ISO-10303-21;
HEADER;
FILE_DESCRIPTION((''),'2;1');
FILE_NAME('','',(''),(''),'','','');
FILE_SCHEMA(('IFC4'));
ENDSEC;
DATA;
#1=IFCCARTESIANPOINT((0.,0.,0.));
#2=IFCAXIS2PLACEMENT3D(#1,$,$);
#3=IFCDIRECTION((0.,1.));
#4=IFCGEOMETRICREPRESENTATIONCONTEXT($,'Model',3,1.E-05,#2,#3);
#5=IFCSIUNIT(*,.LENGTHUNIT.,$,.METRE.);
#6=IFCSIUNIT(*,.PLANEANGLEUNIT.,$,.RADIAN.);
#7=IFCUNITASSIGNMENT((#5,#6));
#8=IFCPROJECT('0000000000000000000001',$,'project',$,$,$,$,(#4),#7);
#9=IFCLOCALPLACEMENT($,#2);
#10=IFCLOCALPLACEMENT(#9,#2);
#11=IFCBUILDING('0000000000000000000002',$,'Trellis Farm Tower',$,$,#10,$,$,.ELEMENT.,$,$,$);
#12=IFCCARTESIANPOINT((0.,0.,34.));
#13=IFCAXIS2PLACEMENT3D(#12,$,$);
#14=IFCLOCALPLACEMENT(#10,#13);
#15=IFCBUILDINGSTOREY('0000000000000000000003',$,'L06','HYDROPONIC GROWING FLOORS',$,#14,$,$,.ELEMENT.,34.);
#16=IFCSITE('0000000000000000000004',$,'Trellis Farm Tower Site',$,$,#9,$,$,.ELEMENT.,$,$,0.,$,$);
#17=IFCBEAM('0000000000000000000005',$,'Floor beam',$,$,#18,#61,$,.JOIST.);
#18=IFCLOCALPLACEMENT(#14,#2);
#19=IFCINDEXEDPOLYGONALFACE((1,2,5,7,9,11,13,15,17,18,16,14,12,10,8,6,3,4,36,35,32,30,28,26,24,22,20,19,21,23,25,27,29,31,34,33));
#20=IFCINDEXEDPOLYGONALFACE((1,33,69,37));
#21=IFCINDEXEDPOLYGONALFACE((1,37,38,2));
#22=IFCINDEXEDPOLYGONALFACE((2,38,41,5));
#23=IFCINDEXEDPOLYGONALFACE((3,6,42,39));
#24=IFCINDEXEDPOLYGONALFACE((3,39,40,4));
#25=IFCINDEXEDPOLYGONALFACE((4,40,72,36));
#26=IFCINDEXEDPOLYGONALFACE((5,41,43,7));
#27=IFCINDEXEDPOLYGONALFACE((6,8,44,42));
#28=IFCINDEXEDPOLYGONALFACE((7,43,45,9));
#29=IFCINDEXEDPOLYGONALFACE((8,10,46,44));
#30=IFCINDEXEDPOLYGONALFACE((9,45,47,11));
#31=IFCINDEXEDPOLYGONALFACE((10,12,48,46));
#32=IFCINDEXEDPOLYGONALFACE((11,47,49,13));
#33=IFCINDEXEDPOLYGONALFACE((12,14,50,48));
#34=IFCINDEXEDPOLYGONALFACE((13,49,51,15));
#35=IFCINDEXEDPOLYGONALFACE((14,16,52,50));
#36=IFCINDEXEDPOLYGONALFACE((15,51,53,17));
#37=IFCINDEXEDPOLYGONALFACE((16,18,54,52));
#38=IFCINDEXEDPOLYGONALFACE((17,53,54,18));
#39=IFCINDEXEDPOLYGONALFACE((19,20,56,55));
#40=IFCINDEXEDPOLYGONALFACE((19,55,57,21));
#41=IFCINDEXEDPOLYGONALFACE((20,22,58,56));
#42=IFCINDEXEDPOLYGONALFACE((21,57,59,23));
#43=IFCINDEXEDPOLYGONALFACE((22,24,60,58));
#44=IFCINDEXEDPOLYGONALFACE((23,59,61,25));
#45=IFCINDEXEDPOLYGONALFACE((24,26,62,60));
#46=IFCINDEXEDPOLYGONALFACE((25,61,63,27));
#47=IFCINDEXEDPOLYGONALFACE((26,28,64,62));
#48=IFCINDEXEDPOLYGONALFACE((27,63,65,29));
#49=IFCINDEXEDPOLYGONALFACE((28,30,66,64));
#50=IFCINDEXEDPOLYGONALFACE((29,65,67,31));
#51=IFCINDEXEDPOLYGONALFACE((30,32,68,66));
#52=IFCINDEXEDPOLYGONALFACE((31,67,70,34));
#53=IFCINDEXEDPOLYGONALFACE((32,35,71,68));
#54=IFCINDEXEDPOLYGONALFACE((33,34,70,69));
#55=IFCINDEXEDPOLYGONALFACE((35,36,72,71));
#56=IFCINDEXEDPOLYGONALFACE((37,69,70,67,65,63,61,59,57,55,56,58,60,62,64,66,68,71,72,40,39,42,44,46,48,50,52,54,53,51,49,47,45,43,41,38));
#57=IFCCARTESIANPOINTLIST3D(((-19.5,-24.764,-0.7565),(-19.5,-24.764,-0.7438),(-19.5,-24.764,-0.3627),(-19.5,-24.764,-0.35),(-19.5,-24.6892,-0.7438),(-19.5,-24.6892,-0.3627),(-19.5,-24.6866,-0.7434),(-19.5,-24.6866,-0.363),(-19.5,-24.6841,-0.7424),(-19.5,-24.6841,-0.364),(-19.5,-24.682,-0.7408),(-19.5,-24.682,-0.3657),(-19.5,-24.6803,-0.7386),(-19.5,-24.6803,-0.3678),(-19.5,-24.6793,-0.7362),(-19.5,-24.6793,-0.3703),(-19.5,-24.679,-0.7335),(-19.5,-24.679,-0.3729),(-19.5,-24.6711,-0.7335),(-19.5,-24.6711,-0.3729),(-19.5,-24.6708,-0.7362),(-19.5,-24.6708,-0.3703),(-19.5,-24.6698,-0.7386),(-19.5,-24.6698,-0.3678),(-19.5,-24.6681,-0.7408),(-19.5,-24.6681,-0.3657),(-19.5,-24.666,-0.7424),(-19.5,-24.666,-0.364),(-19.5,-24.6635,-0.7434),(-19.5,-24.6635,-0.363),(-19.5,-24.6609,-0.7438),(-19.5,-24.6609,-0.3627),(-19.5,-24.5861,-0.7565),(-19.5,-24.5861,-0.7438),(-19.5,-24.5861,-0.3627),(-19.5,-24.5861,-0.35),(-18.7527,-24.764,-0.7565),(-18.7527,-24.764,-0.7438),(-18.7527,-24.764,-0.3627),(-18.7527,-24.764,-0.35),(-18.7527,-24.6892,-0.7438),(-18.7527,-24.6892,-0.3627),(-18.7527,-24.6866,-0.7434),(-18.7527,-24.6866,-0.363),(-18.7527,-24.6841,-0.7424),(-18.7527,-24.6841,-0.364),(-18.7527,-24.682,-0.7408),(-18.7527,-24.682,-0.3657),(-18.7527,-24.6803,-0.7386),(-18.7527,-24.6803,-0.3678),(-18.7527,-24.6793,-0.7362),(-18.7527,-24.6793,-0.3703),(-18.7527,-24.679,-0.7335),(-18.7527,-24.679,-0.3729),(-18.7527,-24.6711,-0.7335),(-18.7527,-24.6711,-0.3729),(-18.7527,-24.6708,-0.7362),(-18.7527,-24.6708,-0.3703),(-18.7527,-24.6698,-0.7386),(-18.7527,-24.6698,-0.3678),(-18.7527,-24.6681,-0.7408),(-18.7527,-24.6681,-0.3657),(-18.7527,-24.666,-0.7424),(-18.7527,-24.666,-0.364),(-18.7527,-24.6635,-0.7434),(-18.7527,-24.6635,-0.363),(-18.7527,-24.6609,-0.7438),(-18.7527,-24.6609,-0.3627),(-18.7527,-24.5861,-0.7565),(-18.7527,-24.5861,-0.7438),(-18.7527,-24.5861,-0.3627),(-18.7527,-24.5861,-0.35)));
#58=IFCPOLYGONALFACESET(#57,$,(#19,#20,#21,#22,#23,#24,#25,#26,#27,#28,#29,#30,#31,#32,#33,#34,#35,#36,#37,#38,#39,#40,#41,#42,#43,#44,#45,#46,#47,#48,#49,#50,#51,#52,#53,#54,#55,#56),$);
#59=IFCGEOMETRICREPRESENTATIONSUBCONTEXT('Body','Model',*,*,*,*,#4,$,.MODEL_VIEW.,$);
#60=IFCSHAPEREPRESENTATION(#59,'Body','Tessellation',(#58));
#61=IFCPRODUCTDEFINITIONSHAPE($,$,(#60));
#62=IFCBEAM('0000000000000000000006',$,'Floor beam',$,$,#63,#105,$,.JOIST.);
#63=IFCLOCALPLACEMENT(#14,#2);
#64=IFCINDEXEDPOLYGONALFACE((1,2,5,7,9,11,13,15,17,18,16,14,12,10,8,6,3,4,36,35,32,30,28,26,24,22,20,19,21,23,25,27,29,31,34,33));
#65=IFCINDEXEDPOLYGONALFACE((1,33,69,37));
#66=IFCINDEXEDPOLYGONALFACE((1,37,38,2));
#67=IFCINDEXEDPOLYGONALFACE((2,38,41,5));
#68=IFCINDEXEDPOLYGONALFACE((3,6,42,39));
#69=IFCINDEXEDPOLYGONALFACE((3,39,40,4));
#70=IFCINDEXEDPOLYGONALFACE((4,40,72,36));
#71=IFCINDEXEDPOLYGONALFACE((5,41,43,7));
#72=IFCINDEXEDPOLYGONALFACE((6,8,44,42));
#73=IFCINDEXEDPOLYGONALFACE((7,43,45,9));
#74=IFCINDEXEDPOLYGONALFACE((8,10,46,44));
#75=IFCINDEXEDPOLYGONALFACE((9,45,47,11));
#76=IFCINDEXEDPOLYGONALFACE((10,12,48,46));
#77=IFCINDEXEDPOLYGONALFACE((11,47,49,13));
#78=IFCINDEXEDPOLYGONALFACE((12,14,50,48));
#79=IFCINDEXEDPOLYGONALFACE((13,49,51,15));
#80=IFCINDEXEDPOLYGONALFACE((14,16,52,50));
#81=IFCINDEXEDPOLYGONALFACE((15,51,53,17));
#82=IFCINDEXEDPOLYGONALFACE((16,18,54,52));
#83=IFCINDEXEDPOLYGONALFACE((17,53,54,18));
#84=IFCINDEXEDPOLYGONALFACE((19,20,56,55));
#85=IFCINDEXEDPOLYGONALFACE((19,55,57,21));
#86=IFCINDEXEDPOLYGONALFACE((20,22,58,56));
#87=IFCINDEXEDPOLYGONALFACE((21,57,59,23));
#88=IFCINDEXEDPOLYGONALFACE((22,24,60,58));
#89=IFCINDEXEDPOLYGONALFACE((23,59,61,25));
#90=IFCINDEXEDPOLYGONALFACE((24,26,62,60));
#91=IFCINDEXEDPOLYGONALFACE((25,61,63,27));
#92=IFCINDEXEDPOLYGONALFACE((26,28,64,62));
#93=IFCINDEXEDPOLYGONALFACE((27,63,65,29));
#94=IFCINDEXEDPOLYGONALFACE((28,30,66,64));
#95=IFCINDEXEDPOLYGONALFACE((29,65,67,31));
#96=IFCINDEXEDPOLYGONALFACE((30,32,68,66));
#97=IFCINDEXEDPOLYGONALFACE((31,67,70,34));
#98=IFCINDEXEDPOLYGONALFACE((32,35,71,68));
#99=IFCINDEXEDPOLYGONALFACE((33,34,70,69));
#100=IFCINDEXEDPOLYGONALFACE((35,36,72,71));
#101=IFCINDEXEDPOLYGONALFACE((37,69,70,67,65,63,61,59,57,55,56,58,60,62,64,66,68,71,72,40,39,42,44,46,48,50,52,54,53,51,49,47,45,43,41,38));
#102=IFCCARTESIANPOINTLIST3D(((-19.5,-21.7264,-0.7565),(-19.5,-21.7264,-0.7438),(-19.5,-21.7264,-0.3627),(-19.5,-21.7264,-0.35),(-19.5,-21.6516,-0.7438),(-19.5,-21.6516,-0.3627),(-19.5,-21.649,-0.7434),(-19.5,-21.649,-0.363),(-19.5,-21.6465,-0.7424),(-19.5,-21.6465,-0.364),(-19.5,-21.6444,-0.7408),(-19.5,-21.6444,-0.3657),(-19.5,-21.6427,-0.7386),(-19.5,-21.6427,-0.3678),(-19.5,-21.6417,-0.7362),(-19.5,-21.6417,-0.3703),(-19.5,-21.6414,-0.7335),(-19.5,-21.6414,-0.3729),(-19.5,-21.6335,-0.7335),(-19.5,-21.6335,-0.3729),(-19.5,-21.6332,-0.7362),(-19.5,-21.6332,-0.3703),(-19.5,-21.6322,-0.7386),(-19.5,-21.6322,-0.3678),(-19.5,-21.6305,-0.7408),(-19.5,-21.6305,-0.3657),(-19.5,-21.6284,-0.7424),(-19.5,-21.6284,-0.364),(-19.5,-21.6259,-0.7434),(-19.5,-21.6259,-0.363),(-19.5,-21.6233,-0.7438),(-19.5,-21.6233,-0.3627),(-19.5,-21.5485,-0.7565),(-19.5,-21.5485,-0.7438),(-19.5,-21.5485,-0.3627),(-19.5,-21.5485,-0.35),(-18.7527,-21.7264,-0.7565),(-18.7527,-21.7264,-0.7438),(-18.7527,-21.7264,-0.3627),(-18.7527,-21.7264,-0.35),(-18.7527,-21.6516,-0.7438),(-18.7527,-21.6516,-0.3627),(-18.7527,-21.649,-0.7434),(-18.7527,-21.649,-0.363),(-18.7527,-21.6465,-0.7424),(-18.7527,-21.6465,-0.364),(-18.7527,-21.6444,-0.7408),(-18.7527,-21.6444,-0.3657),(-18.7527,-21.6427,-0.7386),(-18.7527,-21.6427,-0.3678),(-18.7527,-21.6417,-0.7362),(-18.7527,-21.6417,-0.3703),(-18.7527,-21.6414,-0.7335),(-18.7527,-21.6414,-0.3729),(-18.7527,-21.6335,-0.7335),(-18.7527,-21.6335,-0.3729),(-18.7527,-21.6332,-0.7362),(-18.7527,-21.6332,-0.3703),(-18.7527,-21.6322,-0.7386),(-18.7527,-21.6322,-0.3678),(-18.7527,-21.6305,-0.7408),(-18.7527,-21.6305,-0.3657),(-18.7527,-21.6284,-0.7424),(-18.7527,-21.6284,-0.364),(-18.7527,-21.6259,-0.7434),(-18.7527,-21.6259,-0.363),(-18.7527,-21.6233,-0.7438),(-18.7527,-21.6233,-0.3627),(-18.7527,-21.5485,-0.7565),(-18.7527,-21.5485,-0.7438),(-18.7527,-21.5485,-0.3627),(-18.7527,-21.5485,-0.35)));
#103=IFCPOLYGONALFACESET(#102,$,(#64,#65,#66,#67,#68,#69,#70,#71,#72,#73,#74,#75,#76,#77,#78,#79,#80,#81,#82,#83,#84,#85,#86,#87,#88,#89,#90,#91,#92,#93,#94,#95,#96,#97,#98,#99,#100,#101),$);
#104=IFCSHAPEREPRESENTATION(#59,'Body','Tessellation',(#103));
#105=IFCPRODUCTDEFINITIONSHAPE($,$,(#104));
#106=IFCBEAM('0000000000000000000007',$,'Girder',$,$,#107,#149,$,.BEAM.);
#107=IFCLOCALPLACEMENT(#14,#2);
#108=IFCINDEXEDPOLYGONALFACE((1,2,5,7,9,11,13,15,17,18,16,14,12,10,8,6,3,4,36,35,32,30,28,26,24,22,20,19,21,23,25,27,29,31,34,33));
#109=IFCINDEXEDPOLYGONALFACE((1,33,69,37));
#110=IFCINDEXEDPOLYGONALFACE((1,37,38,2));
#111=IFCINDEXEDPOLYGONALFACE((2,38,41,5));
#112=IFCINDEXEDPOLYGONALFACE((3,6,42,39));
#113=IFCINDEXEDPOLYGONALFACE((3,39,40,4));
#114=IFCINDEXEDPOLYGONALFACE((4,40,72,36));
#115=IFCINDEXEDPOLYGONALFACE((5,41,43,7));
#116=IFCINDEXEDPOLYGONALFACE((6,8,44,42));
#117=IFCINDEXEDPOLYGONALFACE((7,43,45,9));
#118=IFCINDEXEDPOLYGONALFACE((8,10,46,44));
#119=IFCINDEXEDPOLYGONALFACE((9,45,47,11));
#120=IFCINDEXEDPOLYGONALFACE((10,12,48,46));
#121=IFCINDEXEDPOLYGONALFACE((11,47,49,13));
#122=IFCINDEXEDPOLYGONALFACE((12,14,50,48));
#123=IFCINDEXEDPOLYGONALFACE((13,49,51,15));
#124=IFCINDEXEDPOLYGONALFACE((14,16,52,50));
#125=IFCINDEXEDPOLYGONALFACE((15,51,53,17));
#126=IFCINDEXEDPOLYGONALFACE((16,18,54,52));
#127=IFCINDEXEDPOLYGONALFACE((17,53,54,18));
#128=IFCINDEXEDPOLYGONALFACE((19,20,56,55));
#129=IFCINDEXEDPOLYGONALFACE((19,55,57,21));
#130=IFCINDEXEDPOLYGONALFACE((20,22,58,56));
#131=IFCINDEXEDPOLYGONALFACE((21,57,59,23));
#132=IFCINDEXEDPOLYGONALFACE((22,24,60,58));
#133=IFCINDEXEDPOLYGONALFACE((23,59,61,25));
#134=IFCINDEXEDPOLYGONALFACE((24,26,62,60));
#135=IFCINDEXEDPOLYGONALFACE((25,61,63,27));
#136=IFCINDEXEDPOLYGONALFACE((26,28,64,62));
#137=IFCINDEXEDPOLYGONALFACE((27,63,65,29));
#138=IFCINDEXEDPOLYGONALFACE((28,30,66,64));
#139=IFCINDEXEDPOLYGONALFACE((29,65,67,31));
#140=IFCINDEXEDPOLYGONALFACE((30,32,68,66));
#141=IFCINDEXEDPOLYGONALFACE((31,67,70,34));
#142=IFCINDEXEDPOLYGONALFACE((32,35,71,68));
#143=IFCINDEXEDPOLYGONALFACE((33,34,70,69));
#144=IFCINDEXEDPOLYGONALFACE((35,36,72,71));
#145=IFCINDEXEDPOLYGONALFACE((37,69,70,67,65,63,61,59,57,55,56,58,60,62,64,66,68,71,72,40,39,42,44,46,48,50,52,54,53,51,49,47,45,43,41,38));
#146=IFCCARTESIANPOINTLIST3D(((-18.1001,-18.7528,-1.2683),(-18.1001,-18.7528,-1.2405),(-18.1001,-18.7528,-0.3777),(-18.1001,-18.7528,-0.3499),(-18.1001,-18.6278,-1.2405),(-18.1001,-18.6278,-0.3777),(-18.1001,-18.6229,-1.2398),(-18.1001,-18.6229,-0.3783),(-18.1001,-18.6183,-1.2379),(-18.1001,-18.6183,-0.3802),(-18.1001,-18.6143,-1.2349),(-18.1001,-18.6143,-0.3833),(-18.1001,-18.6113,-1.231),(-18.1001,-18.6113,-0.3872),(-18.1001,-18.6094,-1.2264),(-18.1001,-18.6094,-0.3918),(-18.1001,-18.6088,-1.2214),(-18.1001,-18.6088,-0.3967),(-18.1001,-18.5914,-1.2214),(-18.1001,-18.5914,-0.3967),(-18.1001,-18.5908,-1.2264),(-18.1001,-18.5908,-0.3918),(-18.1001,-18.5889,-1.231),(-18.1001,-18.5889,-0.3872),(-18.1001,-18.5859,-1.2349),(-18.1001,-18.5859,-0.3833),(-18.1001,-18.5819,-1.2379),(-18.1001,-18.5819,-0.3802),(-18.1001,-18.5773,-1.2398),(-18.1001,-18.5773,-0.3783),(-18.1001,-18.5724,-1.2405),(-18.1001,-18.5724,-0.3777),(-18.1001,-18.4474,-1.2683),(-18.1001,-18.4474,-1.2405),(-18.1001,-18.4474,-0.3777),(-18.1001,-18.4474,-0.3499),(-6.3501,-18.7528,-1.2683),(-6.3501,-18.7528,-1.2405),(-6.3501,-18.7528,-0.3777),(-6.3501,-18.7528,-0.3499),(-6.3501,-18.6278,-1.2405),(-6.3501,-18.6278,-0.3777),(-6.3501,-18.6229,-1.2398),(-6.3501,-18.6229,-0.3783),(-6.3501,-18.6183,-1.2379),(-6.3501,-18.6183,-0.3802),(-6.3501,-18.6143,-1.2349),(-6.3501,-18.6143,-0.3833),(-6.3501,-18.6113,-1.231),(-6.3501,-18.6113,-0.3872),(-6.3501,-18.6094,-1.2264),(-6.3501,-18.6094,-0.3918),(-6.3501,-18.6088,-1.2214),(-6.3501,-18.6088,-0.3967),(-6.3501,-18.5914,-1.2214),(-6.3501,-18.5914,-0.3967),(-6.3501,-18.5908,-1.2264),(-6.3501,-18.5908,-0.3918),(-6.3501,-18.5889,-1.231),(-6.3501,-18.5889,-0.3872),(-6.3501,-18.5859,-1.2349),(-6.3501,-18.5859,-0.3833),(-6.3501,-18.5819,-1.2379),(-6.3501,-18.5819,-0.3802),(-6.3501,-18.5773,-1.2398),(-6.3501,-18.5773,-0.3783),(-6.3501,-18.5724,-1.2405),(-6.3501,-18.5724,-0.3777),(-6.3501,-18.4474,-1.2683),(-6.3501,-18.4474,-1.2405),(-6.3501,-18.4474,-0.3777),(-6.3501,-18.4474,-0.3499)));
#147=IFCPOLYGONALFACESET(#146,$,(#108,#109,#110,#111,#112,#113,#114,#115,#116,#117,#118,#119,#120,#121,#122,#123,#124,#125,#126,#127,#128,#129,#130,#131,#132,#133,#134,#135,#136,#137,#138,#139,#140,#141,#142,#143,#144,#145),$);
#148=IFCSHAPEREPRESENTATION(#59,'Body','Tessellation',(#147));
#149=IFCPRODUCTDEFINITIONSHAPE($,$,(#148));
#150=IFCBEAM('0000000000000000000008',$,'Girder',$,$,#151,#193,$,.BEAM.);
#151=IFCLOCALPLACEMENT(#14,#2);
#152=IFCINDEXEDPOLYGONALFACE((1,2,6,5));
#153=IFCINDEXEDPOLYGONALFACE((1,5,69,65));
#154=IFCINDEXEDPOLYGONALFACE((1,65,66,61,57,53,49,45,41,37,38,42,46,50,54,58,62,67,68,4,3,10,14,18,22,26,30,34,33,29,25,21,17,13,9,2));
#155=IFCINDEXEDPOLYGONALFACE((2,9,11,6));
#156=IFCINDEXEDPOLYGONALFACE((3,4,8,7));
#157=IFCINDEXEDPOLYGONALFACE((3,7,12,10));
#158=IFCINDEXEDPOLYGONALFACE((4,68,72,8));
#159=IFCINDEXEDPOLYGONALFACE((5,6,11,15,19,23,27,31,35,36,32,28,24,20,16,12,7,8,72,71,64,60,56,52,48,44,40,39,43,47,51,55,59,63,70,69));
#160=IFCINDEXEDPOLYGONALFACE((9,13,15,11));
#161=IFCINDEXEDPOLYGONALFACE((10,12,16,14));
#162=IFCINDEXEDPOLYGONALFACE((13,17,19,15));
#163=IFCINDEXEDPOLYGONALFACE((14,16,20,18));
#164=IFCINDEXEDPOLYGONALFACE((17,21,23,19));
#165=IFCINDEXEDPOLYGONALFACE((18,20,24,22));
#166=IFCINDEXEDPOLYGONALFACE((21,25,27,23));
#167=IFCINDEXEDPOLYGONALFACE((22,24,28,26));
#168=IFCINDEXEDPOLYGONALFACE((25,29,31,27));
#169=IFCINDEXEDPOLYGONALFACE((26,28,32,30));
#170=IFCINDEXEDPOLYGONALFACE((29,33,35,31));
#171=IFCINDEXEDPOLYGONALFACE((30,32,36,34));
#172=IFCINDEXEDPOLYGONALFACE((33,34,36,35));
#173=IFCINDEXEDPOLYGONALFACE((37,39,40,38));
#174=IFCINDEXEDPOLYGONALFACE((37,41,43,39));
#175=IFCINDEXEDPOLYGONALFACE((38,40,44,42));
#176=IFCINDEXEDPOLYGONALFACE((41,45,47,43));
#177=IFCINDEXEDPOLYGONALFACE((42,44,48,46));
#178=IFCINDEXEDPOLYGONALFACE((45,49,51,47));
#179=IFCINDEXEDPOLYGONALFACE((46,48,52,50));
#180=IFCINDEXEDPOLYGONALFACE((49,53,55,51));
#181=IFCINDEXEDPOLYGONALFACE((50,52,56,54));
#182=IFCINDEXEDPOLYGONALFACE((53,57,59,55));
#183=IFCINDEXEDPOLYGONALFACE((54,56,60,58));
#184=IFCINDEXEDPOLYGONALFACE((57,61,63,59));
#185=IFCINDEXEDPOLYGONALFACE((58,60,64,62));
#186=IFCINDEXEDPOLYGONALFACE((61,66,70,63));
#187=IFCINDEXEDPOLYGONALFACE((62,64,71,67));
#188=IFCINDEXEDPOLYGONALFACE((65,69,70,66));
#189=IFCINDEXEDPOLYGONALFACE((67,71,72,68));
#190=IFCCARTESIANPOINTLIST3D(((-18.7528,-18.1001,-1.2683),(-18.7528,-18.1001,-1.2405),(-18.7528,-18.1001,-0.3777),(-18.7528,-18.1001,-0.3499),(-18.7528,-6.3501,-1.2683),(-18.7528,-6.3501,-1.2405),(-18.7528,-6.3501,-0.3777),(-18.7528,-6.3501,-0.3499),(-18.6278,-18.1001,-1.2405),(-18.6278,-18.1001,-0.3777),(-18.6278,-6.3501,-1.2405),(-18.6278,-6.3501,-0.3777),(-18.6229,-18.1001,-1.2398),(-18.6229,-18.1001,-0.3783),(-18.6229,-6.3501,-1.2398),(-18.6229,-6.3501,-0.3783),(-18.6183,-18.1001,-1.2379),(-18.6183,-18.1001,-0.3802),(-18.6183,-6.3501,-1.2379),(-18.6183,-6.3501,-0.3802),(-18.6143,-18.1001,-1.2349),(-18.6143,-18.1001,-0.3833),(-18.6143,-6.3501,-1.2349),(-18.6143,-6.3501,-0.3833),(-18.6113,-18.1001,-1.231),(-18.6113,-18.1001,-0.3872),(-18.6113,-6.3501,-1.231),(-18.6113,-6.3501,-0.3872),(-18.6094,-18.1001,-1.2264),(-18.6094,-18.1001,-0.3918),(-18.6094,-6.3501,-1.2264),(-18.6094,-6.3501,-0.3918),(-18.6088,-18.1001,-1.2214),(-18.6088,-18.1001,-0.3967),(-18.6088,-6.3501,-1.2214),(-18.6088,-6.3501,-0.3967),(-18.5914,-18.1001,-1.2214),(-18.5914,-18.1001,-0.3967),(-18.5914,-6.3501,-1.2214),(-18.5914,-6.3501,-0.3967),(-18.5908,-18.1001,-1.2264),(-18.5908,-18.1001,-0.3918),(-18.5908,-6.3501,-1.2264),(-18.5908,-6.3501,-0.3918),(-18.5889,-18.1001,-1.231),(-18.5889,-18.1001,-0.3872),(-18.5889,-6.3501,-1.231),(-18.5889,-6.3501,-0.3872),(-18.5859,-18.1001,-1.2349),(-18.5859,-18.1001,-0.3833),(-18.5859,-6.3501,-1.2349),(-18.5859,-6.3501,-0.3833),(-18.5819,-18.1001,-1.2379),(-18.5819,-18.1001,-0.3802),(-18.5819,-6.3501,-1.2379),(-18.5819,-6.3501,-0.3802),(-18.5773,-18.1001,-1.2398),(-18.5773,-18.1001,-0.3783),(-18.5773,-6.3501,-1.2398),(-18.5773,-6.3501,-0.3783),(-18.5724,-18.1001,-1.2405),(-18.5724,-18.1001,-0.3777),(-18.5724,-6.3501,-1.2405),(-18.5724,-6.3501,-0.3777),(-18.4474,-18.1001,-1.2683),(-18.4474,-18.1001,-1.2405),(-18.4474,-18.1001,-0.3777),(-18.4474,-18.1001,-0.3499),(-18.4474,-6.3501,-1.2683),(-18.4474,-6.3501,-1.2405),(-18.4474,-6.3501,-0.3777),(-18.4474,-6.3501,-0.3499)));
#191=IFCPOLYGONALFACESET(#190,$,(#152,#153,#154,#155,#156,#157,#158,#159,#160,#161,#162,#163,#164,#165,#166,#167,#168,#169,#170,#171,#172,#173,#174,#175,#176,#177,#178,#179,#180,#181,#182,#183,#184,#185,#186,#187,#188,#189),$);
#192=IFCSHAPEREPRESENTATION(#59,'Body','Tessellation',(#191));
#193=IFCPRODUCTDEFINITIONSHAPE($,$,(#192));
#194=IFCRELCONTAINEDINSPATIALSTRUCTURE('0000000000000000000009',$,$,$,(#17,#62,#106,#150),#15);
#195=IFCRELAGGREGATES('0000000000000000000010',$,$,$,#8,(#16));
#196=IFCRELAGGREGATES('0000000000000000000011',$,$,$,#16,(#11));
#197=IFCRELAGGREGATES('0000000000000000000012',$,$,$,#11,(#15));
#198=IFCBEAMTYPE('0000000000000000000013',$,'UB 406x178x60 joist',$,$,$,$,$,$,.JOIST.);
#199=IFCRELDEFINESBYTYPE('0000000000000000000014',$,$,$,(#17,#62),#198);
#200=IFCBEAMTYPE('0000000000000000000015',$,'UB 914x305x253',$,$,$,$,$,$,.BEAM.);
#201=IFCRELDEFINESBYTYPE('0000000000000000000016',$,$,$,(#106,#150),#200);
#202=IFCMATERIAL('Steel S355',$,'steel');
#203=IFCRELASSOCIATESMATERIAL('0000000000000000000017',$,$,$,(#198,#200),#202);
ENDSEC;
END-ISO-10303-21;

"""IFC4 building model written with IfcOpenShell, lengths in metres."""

from ifc_helpers import new_model, si_unit, direction, frame, origin, origin_2d, place, context, subcontext, project, spatial, i_section, extrude, source, transform, mapped, material, material_profile, profile_set, type_object, element, save


model = new_model("IFC4")

# Units and contexts
model_context = context("Model", 3, precision=1e-05, world=origin(), true_north=direction((0.0, 1.0)))
body_context = subcontext(model_context, "Body", "Model", "MODEL_VIEW")
ifc_project = project(units=[si_unit("LENGTHUNIT", "METRE"), si_unit("PLANEANGLEUNIT", "RADIAN")], contexts=[model_context])

# Site, building, storey
site_placement = place(None, origin())
site = spatial("IfcSite", under=ifc_project, at=site_placement, Name="Trellis Farm Tower Site", CompositionType="ELEMENT", RefElevation=0.0)
building_placement = place(site_placement, origin())
building = spatial("IfcBuilding", under=site, at=building_placement, Name="Trellis Farm Tower", CompositionType="ELEMENT")
storey_placement = place(building_placement, frame((0.0, 0.0, 34.0)))
storey = spatial("IfcBuildingStorey", under=building, at=storey_placement, Name="L06", Description="HYDROPONIC GROWING FLOORS", CompositionType="ELEMENT", Elevation=34.0)

# Beams
ifc_material_1 = material(Name="Steel S355", Category="steel")
ifc_material_profile_1 = material_profile(ifc_material_1, i_section(OverallWidth=0.178, OverallDepth=0.4065, WebThickness=0.0078, FlangeThickness=0.0127, FilletRadius=0.0103, at=origin_2d()), Name="UB 406x178x60")
ifc_profile_set_1 = profile_set([ifc_material_profile_1], Name="Steel S355")
beam_type_1 = type_object("IfcBeamType", Name="UB 406x178x60 joist", PredefinedType="JOIST", material=ifc_profile_set_1)
shared_shape_1 = source(origin(), body_context, "Body", "SweptSolid", [
    extrude(i_section(OverallWidth=0.178, OverallDepth=0.4065, WebThickness=0.0078, FlangeThickness=0.0127, FilletRadius=0.0103, at=origin_2d()), origin(), (0.0, 0.0, 1.0), 0.7473),
])
for number, where, z_axis, x_axis, name in (
    (1, (-19.5, -24.675, -0.5532), (1.0, 0.0, 0.0), (0.0, 1.0, 0.0), "Floor beam"),
    (2, (-19.5, -21.6375, -0.5532), (1.0, 0.0, 0.0), (0.0, 1.0, 0.0), "Floor beam"),
):
    element("IfcBeam", number, at=place(storey_placement, frame(where, z_axis=z_axis, x_axis=x_axis)), inside=storey, type_object=beam_type_1, Name=name, PredefinedType="JOIST", context=body_context, shape_type="MappedRepresentation", body=[
        mapped(shared_shape_1, transform((0.0, 0.0, 0.0))),
    ])
ifc_material_profile_2 = material_profile(ifc_material_1, i_section(OverallWidth=0.3054, OverallDepth=0.9185, WebThickness=0.0173, FlangeThickness=0.0278, FilletRadius=0.019, at=origin_2d()), Name="UB 914x305x253")
ifc_profile_set_2 = profile_set([ifc_material_profile_2], Name="Steel S355")
beam_type_2 = type_object("IfcBeamType", Name="UB 914x305x253", PredefinedType="BEAM", material=ifc_profile_set_2)
shared_shape_2 = source(origin(), body_context, "Body", "SweptSolid", [
    extrude(i_section(OverallWidth=0.3054, OverallDepth=0.9185, WebThickness=0.0173, FlangeThickness=0.0278, FilletRadius=0.019, at=origin_2d()), origin(), (0.0, 0.0, 1.0), 11.75),
])
for number, where, z_axis, x_axis, name in (
    (3, (-18.1001, -18.6001, -0.8091), (1.0, 0.0, 0.0), (0.0, 1.0, 0.0), "Girder"),
    (4, (-18.6001, -18.1001, -0.8091), (0.0, 1.0, 0.0), (-1.0, 0.0, 0.0), "Girder"),
):
    element("IfcBeam", number, at=place(storey_placement, frame(where, z_axis=z_axis, x_axis=x_axis)), inside=storey, type_object=beam_type_2, Name=name, PredefinedType="BEAM", context=body_context, shape_type="MappedRepresentation", body=[
        mapped(shared_shape_2, transform((0.0, 0.0, 0.0))),
    ])

save(model, "model.ifc")
